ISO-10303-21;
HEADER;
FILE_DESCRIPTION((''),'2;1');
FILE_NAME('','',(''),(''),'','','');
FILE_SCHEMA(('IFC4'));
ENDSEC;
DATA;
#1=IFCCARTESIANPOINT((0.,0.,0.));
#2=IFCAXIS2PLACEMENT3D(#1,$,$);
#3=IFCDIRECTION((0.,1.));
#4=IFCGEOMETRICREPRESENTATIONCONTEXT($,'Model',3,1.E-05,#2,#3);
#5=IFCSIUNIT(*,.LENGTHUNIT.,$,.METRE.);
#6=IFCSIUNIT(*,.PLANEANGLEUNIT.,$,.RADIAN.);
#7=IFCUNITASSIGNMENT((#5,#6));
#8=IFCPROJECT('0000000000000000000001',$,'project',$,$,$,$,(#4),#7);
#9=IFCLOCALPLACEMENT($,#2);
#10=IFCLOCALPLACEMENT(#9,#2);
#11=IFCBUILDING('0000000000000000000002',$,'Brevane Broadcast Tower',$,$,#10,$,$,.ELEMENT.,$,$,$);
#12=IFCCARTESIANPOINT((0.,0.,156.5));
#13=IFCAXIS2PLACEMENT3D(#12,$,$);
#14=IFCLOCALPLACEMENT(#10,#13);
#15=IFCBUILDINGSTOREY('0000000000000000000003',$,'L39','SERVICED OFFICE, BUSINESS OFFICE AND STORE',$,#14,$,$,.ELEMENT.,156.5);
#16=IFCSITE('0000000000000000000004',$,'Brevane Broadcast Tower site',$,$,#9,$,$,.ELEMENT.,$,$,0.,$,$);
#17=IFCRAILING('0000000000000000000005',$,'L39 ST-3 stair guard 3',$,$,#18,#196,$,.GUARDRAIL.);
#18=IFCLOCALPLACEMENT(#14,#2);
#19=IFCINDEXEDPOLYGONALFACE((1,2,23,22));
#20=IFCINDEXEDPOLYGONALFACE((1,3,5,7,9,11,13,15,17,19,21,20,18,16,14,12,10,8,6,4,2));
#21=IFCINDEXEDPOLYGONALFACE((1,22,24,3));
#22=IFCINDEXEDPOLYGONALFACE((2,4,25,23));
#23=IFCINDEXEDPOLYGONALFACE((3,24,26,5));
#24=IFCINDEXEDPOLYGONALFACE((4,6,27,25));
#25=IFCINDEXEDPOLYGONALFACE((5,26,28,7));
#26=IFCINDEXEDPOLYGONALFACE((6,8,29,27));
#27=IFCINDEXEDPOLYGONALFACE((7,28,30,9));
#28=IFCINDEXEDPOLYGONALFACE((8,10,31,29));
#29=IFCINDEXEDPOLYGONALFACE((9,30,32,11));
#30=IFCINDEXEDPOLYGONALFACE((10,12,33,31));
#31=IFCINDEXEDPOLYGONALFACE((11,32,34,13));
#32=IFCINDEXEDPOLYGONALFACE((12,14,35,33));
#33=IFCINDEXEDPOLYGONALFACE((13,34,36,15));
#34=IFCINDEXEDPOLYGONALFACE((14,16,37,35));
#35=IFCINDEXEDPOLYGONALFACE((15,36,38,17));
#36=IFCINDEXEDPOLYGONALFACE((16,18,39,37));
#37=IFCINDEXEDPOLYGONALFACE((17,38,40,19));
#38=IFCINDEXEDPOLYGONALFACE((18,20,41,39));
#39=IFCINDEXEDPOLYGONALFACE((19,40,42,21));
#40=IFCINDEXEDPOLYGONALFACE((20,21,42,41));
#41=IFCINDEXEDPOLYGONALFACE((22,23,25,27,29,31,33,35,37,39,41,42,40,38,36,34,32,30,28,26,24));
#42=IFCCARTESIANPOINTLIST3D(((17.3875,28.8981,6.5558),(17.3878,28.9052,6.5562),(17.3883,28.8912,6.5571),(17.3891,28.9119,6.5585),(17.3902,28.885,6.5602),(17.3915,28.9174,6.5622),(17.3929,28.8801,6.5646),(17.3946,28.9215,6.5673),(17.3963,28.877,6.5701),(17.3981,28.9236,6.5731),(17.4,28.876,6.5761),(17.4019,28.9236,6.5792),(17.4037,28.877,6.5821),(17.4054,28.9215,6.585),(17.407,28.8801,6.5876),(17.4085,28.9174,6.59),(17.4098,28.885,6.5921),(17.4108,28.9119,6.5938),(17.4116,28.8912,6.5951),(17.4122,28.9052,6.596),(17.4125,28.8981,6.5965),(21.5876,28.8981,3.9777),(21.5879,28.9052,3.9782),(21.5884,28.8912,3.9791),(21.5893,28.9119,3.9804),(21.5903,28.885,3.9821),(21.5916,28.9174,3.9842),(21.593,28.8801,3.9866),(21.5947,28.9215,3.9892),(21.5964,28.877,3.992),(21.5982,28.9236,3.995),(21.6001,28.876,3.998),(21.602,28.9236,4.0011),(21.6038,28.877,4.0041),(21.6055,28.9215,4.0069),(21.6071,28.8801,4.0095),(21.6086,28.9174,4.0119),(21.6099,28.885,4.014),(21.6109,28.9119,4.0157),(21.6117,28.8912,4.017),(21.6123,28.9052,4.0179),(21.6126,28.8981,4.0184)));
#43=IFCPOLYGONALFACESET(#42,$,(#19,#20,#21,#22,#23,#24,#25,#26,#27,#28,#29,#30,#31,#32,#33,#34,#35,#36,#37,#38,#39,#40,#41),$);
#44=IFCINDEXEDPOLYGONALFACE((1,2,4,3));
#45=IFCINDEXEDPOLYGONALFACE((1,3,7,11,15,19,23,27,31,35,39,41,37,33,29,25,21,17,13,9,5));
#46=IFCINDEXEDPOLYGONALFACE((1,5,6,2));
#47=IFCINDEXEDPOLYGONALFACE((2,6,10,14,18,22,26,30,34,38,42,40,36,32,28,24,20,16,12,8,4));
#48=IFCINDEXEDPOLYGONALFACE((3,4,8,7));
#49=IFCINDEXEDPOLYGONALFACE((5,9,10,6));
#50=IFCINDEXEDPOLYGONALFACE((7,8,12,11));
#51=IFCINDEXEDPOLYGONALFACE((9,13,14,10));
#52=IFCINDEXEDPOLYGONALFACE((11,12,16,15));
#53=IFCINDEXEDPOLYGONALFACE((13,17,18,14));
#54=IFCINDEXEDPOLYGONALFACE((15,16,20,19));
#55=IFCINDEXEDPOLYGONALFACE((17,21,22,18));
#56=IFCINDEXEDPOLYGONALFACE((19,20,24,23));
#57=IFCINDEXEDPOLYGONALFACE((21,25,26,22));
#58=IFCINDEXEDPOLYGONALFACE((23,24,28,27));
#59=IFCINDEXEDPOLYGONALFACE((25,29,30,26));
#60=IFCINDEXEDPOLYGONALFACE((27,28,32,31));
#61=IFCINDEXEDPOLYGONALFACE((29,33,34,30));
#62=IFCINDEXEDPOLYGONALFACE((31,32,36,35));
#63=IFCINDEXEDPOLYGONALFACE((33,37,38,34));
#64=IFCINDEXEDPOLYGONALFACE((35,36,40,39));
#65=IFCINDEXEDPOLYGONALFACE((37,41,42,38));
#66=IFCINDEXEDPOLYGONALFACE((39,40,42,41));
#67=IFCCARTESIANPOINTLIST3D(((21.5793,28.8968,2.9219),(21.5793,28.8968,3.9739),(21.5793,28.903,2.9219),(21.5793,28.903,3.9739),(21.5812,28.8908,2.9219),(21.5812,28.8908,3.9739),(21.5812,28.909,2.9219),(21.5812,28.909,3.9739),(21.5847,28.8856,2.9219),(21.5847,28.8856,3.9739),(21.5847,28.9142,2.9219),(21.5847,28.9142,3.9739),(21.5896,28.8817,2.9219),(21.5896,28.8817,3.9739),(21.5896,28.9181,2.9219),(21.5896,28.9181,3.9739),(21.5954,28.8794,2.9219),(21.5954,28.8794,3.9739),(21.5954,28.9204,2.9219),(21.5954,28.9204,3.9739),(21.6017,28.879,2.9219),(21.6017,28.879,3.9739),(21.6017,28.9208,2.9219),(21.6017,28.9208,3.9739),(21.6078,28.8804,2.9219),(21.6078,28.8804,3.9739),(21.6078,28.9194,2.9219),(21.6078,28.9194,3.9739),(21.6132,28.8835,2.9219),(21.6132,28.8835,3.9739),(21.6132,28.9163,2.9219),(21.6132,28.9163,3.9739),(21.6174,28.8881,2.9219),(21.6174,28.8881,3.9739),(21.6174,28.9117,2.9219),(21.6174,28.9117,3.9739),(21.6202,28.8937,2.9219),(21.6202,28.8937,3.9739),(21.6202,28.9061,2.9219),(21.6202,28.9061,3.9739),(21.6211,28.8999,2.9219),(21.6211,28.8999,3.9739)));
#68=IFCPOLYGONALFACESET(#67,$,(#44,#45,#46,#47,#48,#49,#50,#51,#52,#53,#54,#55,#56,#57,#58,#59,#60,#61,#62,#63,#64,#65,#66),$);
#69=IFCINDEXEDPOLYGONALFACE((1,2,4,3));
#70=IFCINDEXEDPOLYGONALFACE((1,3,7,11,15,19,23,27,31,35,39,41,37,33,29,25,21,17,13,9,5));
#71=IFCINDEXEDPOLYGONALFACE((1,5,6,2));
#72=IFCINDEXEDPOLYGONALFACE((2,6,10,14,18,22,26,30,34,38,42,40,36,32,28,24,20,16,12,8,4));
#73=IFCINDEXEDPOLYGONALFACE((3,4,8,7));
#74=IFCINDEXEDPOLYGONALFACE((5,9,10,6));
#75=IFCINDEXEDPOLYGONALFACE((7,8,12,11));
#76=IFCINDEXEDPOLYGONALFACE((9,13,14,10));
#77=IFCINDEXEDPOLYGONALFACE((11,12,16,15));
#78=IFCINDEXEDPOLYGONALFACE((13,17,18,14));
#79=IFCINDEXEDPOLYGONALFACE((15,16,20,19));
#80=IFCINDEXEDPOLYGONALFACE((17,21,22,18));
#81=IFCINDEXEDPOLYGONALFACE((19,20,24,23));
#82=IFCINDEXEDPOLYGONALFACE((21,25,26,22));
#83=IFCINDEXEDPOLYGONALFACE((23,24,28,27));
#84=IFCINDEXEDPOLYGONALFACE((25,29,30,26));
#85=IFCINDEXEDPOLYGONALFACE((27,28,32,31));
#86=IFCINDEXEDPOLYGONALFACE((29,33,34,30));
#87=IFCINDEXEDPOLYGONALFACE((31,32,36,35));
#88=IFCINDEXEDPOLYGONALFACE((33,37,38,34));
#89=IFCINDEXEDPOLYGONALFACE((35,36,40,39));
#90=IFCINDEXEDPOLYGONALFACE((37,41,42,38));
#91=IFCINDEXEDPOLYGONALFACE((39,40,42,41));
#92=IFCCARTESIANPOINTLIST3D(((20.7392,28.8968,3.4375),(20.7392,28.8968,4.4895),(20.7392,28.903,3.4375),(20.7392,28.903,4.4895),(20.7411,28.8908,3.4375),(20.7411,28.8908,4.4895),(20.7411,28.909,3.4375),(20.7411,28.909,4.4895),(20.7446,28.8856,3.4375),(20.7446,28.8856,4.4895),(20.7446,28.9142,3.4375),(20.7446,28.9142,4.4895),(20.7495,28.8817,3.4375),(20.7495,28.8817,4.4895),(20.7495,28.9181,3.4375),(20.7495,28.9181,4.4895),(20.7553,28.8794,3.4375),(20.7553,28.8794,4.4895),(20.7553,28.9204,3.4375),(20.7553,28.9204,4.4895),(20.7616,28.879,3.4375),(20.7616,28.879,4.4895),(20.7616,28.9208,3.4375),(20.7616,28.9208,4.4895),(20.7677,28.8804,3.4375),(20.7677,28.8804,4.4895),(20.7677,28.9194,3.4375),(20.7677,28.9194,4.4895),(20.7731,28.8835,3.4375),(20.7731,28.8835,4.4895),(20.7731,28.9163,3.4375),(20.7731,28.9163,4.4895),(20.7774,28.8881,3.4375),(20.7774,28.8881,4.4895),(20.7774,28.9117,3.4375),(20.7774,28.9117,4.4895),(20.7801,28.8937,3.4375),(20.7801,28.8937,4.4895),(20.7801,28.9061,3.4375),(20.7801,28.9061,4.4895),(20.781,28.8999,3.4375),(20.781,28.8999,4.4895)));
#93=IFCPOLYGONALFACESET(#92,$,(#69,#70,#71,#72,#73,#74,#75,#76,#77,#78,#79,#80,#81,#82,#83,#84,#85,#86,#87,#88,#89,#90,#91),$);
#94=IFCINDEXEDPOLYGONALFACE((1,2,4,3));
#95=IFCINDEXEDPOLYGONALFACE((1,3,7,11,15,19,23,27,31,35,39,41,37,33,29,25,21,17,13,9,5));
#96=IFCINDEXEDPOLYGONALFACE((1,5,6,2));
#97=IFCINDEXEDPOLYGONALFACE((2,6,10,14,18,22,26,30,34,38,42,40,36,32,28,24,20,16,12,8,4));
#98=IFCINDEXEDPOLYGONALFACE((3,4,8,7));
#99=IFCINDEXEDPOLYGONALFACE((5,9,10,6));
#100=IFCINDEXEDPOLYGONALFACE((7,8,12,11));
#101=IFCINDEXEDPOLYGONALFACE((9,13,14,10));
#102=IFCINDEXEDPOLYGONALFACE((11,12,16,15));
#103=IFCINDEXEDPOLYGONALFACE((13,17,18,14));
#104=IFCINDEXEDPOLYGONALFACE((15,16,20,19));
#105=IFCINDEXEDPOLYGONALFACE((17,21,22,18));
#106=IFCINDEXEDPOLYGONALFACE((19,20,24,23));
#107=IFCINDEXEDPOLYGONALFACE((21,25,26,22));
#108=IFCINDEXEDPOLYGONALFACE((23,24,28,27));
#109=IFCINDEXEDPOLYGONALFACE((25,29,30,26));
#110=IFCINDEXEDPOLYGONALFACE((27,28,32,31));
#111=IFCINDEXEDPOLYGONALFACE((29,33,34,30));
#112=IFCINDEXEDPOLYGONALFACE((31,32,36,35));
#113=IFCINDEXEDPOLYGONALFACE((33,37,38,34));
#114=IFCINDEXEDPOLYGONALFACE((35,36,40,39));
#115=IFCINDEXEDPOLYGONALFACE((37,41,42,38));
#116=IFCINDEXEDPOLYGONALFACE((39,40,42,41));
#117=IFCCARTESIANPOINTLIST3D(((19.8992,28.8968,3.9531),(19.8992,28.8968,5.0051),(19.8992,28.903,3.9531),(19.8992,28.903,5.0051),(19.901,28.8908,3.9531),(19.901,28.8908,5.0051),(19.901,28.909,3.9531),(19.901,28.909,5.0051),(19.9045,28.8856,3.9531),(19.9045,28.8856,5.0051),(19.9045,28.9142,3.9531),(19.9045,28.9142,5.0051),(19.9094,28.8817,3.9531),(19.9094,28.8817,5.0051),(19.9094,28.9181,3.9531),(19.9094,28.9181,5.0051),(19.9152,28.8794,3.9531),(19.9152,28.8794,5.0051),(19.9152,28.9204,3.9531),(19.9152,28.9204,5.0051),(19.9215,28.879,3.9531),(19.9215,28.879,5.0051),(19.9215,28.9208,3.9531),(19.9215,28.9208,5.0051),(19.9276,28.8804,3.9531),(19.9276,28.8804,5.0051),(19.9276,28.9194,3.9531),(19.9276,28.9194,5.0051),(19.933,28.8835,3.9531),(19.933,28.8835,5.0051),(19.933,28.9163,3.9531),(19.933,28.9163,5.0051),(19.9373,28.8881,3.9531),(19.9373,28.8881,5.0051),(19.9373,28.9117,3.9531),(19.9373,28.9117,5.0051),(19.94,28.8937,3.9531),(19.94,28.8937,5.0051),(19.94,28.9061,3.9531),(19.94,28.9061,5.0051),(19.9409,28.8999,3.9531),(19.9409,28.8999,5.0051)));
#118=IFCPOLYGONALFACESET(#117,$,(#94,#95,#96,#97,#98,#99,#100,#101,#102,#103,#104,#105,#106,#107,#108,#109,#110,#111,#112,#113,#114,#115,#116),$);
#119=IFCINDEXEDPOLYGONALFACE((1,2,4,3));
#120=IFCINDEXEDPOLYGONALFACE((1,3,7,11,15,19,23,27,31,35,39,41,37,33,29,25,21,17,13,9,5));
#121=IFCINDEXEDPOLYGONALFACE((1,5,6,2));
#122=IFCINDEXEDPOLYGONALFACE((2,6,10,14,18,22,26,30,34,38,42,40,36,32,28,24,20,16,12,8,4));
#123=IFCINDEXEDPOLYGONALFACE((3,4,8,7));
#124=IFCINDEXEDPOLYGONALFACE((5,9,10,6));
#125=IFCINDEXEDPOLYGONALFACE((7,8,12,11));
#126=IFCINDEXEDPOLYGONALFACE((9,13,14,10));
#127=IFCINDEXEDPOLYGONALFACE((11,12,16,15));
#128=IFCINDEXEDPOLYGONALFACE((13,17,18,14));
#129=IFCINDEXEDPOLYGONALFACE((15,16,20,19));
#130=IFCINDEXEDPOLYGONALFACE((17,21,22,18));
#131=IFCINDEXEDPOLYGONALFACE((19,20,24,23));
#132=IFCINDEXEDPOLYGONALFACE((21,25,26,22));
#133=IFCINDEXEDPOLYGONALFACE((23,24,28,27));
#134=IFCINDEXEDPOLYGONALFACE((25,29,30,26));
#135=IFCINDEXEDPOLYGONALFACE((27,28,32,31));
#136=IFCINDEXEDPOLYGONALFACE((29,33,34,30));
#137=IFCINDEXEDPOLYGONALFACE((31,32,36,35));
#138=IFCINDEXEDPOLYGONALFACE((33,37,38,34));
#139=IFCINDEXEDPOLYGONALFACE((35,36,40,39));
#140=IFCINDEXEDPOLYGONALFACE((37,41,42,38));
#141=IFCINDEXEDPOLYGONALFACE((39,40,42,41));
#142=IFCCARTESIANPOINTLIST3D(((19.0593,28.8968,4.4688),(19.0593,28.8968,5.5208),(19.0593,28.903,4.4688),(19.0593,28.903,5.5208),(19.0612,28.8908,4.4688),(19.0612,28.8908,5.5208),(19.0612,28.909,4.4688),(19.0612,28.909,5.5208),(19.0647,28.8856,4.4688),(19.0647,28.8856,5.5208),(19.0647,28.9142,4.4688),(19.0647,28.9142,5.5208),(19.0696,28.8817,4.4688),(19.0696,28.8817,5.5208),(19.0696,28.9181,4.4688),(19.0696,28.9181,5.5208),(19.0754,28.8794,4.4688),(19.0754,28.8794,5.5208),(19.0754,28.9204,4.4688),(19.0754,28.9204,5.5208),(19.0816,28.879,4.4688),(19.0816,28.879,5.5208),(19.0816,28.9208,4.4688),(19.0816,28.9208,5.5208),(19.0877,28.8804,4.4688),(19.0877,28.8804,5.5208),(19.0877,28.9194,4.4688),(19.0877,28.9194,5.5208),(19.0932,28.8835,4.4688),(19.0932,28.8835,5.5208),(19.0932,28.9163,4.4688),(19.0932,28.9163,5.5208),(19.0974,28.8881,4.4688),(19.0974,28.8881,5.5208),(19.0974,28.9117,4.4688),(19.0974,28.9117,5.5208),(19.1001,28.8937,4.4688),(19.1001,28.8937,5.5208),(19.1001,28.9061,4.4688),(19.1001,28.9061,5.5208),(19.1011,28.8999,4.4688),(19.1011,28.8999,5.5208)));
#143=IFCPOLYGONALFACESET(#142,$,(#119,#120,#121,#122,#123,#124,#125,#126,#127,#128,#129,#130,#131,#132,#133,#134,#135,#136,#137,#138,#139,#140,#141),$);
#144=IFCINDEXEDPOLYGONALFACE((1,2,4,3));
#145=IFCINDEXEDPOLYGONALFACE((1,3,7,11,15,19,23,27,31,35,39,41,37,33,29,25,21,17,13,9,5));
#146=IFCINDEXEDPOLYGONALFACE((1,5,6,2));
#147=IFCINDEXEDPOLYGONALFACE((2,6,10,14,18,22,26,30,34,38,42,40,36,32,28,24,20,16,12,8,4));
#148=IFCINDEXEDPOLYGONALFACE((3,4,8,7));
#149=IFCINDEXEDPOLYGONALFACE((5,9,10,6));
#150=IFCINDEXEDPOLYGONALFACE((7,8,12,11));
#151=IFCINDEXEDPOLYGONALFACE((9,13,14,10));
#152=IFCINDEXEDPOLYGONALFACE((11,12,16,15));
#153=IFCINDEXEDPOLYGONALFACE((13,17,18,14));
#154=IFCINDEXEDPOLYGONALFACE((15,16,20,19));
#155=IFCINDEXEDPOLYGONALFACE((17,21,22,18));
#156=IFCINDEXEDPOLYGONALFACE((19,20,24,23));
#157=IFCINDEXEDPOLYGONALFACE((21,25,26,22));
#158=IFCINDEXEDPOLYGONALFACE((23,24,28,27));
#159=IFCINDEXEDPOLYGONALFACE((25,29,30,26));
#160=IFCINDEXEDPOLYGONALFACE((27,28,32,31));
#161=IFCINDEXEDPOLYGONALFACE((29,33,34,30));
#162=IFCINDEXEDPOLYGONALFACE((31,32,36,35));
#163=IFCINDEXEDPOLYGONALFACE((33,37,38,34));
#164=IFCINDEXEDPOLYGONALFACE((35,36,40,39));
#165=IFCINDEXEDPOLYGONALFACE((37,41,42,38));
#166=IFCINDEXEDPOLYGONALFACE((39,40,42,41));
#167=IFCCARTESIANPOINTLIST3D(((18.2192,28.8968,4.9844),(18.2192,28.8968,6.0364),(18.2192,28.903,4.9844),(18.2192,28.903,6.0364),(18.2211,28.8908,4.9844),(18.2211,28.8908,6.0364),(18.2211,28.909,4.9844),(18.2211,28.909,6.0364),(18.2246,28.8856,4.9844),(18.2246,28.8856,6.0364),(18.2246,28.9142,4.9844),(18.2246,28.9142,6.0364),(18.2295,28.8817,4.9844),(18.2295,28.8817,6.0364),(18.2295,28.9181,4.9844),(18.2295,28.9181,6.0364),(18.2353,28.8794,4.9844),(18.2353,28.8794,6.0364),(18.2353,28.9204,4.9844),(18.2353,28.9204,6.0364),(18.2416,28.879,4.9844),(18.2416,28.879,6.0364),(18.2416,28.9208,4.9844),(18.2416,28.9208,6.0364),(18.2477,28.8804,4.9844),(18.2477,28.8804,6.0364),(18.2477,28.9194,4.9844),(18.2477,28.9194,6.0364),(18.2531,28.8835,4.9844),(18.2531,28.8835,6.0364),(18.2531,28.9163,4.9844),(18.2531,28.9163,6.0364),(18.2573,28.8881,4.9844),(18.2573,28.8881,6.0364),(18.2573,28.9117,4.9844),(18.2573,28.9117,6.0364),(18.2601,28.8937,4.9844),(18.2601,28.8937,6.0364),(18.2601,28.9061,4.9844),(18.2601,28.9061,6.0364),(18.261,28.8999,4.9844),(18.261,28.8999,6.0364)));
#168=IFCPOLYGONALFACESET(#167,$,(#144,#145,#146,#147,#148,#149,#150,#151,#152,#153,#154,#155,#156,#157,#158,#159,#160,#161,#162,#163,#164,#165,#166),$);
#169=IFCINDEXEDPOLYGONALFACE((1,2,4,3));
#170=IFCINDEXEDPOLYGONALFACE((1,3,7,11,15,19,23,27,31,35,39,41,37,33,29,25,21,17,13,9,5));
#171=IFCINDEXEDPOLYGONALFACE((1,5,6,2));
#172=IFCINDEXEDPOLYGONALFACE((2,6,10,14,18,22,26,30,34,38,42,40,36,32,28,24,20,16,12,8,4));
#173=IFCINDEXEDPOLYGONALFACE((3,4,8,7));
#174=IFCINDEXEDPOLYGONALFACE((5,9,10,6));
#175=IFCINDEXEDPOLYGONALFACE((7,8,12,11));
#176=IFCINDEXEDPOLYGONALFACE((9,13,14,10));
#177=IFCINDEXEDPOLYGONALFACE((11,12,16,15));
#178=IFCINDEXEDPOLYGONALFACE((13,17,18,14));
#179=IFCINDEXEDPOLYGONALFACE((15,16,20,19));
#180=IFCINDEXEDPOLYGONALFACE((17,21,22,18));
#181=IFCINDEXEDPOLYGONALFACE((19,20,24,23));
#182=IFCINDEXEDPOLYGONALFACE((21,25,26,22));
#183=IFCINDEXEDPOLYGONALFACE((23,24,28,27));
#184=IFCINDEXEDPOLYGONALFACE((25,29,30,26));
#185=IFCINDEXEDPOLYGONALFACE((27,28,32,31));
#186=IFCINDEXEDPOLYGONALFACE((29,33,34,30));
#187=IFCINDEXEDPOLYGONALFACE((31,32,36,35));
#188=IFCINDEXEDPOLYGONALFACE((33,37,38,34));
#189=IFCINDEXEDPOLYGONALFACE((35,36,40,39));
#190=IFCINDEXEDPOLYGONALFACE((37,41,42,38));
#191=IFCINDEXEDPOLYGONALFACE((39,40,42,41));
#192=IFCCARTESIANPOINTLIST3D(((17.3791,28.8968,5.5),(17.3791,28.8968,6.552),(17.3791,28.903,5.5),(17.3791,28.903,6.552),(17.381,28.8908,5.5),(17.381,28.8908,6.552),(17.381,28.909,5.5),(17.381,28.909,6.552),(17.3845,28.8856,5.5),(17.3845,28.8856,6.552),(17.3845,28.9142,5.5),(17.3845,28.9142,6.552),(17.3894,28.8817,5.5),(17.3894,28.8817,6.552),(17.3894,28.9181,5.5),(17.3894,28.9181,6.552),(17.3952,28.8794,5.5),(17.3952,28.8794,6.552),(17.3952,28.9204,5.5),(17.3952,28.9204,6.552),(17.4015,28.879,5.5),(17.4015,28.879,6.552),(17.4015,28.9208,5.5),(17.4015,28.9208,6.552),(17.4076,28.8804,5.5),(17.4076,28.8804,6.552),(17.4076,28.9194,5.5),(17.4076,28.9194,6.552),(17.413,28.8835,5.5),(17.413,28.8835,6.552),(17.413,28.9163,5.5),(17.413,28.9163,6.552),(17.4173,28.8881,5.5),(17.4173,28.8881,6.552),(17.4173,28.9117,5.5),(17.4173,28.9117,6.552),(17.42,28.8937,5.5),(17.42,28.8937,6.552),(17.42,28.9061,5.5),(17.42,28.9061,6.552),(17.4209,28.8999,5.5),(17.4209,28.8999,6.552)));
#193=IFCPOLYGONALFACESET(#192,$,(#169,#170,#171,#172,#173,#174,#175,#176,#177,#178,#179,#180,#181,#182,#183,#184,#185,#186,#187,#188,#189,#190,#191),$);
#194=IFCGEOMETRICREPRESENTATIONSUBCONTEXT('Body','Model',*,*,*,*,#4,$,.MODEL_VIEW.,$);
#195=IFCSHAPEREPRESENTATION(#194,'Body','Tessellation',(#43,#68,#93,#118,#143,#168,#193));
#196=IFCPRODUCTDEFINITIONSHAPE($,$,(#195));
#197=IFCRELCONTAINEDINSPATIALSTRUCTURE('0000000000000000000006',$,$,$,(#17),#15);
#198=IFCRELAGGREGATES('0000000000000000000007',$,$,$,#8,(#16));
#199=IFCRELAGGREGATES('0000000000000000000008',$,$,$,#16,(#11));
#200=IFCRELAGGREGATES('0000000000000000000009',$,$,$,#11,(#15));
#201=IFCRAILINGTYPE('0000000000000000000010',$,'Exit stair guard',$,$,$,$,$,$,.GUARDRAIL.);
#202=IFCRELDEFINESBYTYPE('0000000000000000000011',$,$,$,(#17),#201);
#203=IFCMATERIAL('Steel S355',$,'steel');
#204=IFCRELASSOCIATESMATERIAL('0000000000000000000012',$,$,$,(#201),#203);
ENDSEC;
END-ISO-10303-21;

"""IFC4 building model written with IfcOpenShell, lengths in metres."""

from ifc_helpers import new_model, si_unit, direction, frame, origin, origin_2d, place, context, subcontext, project, spatial, circle, extrude, material, type_object, element, save


model = new_model("IFC4")

# Units and contexts
model_context = context("Model", 3, precision=1e-05, world=origin(), true_north=direction((0.0, 1.0)))
body_context = subcontext(model_context, "Body", "Model", "MODEL_VIEW")
ifc_project = project(units=[si_unit("LENGTHUNIT", "METRE"), si_unit("PLANEANGLEUNIT", "RADIAN")], contexts=[model_context])

# Site, building, storey
site_placement = place(None, origin())
site = spatial("IfcSite", under=ifc_project, at=site_placement, Name="Brevane Broadcast Tower site", CompositionType="ELEMENT", RefElevation=0.0)
building_placement = place(site_placement, origin())
building = spatial("IfcBuilding", under=site, at=building_placement, Name="Brevane Broadcast Tower", CompositionType="ELEMENT")
storey_placement = place(building_placement, frame((0.0, 0.0, 156.5)))
storey = spatial("IfcBuildingStorey", under=building, at=storey_placement, Name="L39", Description="SERVICED OFFICE, BUSINESS OFFICE AND STORE", CompositionType="ELEMENT", Elevation=156.5)

# Railing
ifc_material_1 = material(Name="Steel S355", Category="steel")
railing_type_1 = type_object("IfcRailingType", Name="Exit stair guard", PredefinedType="GUARDRAIL", material=ifc_material_1)
railing_1_placement = place(storey_placement, frame((21.6001, 28.8999, 2.9219)))
element("IfcRailing", 1, at=railing_1_placement, inside=storey, type_object=railing_type_1, Name="L39 ST-3 stair guard 3", PredefinedType="GUARDRAIL", context=body_context, shape_type="SweptSolid", body=[
    extrude(circle(Radius=0.0239, at=origin_2d()), frame((0.0, 0.0, 1.0762), z_axis=(-0.852256, 0.0, 0.523124), x_axis=(0.0, -1.0, 0.0)), (0.0, 0.0, 1.0), 4.9282),
    extrude(circle(Radius=0.021, at=origin_2d()), origin(), (0.0, 0.0, 1.0), 1.052),
    extrude(circle(Radius=0.021, at=origin_2d()), frame((-0.8401, 0.0, 0.5156)), (0.0, 0.0, 1.0), 1.052),
    extrude(circle(Radius=0.021, at=origin_2d()), frame((-1.6802, 0.0, 1.0312)), (0.0, 0.0, 1.0), 1.052),
    extrude(circle(Radius=0.021, at=origin_2d()), frame((-2.52, 0.0, 1.5469)), (0.0, 0.0, 1.0), 1.052),
    extrude(circle(Radius=0.021, at=origin_2d()), frame((-3.3601, 0.0, 2.0625)), (0.0, 0.0, 1.0), 1.052),
    extrude(circle(Radius=0.021, at=origin_2d()), frame((-4.2002, 0.0, 2.5781)), (0.0, 0.0, 1.0), 1.052),
])

save(model, "model.ifc")
